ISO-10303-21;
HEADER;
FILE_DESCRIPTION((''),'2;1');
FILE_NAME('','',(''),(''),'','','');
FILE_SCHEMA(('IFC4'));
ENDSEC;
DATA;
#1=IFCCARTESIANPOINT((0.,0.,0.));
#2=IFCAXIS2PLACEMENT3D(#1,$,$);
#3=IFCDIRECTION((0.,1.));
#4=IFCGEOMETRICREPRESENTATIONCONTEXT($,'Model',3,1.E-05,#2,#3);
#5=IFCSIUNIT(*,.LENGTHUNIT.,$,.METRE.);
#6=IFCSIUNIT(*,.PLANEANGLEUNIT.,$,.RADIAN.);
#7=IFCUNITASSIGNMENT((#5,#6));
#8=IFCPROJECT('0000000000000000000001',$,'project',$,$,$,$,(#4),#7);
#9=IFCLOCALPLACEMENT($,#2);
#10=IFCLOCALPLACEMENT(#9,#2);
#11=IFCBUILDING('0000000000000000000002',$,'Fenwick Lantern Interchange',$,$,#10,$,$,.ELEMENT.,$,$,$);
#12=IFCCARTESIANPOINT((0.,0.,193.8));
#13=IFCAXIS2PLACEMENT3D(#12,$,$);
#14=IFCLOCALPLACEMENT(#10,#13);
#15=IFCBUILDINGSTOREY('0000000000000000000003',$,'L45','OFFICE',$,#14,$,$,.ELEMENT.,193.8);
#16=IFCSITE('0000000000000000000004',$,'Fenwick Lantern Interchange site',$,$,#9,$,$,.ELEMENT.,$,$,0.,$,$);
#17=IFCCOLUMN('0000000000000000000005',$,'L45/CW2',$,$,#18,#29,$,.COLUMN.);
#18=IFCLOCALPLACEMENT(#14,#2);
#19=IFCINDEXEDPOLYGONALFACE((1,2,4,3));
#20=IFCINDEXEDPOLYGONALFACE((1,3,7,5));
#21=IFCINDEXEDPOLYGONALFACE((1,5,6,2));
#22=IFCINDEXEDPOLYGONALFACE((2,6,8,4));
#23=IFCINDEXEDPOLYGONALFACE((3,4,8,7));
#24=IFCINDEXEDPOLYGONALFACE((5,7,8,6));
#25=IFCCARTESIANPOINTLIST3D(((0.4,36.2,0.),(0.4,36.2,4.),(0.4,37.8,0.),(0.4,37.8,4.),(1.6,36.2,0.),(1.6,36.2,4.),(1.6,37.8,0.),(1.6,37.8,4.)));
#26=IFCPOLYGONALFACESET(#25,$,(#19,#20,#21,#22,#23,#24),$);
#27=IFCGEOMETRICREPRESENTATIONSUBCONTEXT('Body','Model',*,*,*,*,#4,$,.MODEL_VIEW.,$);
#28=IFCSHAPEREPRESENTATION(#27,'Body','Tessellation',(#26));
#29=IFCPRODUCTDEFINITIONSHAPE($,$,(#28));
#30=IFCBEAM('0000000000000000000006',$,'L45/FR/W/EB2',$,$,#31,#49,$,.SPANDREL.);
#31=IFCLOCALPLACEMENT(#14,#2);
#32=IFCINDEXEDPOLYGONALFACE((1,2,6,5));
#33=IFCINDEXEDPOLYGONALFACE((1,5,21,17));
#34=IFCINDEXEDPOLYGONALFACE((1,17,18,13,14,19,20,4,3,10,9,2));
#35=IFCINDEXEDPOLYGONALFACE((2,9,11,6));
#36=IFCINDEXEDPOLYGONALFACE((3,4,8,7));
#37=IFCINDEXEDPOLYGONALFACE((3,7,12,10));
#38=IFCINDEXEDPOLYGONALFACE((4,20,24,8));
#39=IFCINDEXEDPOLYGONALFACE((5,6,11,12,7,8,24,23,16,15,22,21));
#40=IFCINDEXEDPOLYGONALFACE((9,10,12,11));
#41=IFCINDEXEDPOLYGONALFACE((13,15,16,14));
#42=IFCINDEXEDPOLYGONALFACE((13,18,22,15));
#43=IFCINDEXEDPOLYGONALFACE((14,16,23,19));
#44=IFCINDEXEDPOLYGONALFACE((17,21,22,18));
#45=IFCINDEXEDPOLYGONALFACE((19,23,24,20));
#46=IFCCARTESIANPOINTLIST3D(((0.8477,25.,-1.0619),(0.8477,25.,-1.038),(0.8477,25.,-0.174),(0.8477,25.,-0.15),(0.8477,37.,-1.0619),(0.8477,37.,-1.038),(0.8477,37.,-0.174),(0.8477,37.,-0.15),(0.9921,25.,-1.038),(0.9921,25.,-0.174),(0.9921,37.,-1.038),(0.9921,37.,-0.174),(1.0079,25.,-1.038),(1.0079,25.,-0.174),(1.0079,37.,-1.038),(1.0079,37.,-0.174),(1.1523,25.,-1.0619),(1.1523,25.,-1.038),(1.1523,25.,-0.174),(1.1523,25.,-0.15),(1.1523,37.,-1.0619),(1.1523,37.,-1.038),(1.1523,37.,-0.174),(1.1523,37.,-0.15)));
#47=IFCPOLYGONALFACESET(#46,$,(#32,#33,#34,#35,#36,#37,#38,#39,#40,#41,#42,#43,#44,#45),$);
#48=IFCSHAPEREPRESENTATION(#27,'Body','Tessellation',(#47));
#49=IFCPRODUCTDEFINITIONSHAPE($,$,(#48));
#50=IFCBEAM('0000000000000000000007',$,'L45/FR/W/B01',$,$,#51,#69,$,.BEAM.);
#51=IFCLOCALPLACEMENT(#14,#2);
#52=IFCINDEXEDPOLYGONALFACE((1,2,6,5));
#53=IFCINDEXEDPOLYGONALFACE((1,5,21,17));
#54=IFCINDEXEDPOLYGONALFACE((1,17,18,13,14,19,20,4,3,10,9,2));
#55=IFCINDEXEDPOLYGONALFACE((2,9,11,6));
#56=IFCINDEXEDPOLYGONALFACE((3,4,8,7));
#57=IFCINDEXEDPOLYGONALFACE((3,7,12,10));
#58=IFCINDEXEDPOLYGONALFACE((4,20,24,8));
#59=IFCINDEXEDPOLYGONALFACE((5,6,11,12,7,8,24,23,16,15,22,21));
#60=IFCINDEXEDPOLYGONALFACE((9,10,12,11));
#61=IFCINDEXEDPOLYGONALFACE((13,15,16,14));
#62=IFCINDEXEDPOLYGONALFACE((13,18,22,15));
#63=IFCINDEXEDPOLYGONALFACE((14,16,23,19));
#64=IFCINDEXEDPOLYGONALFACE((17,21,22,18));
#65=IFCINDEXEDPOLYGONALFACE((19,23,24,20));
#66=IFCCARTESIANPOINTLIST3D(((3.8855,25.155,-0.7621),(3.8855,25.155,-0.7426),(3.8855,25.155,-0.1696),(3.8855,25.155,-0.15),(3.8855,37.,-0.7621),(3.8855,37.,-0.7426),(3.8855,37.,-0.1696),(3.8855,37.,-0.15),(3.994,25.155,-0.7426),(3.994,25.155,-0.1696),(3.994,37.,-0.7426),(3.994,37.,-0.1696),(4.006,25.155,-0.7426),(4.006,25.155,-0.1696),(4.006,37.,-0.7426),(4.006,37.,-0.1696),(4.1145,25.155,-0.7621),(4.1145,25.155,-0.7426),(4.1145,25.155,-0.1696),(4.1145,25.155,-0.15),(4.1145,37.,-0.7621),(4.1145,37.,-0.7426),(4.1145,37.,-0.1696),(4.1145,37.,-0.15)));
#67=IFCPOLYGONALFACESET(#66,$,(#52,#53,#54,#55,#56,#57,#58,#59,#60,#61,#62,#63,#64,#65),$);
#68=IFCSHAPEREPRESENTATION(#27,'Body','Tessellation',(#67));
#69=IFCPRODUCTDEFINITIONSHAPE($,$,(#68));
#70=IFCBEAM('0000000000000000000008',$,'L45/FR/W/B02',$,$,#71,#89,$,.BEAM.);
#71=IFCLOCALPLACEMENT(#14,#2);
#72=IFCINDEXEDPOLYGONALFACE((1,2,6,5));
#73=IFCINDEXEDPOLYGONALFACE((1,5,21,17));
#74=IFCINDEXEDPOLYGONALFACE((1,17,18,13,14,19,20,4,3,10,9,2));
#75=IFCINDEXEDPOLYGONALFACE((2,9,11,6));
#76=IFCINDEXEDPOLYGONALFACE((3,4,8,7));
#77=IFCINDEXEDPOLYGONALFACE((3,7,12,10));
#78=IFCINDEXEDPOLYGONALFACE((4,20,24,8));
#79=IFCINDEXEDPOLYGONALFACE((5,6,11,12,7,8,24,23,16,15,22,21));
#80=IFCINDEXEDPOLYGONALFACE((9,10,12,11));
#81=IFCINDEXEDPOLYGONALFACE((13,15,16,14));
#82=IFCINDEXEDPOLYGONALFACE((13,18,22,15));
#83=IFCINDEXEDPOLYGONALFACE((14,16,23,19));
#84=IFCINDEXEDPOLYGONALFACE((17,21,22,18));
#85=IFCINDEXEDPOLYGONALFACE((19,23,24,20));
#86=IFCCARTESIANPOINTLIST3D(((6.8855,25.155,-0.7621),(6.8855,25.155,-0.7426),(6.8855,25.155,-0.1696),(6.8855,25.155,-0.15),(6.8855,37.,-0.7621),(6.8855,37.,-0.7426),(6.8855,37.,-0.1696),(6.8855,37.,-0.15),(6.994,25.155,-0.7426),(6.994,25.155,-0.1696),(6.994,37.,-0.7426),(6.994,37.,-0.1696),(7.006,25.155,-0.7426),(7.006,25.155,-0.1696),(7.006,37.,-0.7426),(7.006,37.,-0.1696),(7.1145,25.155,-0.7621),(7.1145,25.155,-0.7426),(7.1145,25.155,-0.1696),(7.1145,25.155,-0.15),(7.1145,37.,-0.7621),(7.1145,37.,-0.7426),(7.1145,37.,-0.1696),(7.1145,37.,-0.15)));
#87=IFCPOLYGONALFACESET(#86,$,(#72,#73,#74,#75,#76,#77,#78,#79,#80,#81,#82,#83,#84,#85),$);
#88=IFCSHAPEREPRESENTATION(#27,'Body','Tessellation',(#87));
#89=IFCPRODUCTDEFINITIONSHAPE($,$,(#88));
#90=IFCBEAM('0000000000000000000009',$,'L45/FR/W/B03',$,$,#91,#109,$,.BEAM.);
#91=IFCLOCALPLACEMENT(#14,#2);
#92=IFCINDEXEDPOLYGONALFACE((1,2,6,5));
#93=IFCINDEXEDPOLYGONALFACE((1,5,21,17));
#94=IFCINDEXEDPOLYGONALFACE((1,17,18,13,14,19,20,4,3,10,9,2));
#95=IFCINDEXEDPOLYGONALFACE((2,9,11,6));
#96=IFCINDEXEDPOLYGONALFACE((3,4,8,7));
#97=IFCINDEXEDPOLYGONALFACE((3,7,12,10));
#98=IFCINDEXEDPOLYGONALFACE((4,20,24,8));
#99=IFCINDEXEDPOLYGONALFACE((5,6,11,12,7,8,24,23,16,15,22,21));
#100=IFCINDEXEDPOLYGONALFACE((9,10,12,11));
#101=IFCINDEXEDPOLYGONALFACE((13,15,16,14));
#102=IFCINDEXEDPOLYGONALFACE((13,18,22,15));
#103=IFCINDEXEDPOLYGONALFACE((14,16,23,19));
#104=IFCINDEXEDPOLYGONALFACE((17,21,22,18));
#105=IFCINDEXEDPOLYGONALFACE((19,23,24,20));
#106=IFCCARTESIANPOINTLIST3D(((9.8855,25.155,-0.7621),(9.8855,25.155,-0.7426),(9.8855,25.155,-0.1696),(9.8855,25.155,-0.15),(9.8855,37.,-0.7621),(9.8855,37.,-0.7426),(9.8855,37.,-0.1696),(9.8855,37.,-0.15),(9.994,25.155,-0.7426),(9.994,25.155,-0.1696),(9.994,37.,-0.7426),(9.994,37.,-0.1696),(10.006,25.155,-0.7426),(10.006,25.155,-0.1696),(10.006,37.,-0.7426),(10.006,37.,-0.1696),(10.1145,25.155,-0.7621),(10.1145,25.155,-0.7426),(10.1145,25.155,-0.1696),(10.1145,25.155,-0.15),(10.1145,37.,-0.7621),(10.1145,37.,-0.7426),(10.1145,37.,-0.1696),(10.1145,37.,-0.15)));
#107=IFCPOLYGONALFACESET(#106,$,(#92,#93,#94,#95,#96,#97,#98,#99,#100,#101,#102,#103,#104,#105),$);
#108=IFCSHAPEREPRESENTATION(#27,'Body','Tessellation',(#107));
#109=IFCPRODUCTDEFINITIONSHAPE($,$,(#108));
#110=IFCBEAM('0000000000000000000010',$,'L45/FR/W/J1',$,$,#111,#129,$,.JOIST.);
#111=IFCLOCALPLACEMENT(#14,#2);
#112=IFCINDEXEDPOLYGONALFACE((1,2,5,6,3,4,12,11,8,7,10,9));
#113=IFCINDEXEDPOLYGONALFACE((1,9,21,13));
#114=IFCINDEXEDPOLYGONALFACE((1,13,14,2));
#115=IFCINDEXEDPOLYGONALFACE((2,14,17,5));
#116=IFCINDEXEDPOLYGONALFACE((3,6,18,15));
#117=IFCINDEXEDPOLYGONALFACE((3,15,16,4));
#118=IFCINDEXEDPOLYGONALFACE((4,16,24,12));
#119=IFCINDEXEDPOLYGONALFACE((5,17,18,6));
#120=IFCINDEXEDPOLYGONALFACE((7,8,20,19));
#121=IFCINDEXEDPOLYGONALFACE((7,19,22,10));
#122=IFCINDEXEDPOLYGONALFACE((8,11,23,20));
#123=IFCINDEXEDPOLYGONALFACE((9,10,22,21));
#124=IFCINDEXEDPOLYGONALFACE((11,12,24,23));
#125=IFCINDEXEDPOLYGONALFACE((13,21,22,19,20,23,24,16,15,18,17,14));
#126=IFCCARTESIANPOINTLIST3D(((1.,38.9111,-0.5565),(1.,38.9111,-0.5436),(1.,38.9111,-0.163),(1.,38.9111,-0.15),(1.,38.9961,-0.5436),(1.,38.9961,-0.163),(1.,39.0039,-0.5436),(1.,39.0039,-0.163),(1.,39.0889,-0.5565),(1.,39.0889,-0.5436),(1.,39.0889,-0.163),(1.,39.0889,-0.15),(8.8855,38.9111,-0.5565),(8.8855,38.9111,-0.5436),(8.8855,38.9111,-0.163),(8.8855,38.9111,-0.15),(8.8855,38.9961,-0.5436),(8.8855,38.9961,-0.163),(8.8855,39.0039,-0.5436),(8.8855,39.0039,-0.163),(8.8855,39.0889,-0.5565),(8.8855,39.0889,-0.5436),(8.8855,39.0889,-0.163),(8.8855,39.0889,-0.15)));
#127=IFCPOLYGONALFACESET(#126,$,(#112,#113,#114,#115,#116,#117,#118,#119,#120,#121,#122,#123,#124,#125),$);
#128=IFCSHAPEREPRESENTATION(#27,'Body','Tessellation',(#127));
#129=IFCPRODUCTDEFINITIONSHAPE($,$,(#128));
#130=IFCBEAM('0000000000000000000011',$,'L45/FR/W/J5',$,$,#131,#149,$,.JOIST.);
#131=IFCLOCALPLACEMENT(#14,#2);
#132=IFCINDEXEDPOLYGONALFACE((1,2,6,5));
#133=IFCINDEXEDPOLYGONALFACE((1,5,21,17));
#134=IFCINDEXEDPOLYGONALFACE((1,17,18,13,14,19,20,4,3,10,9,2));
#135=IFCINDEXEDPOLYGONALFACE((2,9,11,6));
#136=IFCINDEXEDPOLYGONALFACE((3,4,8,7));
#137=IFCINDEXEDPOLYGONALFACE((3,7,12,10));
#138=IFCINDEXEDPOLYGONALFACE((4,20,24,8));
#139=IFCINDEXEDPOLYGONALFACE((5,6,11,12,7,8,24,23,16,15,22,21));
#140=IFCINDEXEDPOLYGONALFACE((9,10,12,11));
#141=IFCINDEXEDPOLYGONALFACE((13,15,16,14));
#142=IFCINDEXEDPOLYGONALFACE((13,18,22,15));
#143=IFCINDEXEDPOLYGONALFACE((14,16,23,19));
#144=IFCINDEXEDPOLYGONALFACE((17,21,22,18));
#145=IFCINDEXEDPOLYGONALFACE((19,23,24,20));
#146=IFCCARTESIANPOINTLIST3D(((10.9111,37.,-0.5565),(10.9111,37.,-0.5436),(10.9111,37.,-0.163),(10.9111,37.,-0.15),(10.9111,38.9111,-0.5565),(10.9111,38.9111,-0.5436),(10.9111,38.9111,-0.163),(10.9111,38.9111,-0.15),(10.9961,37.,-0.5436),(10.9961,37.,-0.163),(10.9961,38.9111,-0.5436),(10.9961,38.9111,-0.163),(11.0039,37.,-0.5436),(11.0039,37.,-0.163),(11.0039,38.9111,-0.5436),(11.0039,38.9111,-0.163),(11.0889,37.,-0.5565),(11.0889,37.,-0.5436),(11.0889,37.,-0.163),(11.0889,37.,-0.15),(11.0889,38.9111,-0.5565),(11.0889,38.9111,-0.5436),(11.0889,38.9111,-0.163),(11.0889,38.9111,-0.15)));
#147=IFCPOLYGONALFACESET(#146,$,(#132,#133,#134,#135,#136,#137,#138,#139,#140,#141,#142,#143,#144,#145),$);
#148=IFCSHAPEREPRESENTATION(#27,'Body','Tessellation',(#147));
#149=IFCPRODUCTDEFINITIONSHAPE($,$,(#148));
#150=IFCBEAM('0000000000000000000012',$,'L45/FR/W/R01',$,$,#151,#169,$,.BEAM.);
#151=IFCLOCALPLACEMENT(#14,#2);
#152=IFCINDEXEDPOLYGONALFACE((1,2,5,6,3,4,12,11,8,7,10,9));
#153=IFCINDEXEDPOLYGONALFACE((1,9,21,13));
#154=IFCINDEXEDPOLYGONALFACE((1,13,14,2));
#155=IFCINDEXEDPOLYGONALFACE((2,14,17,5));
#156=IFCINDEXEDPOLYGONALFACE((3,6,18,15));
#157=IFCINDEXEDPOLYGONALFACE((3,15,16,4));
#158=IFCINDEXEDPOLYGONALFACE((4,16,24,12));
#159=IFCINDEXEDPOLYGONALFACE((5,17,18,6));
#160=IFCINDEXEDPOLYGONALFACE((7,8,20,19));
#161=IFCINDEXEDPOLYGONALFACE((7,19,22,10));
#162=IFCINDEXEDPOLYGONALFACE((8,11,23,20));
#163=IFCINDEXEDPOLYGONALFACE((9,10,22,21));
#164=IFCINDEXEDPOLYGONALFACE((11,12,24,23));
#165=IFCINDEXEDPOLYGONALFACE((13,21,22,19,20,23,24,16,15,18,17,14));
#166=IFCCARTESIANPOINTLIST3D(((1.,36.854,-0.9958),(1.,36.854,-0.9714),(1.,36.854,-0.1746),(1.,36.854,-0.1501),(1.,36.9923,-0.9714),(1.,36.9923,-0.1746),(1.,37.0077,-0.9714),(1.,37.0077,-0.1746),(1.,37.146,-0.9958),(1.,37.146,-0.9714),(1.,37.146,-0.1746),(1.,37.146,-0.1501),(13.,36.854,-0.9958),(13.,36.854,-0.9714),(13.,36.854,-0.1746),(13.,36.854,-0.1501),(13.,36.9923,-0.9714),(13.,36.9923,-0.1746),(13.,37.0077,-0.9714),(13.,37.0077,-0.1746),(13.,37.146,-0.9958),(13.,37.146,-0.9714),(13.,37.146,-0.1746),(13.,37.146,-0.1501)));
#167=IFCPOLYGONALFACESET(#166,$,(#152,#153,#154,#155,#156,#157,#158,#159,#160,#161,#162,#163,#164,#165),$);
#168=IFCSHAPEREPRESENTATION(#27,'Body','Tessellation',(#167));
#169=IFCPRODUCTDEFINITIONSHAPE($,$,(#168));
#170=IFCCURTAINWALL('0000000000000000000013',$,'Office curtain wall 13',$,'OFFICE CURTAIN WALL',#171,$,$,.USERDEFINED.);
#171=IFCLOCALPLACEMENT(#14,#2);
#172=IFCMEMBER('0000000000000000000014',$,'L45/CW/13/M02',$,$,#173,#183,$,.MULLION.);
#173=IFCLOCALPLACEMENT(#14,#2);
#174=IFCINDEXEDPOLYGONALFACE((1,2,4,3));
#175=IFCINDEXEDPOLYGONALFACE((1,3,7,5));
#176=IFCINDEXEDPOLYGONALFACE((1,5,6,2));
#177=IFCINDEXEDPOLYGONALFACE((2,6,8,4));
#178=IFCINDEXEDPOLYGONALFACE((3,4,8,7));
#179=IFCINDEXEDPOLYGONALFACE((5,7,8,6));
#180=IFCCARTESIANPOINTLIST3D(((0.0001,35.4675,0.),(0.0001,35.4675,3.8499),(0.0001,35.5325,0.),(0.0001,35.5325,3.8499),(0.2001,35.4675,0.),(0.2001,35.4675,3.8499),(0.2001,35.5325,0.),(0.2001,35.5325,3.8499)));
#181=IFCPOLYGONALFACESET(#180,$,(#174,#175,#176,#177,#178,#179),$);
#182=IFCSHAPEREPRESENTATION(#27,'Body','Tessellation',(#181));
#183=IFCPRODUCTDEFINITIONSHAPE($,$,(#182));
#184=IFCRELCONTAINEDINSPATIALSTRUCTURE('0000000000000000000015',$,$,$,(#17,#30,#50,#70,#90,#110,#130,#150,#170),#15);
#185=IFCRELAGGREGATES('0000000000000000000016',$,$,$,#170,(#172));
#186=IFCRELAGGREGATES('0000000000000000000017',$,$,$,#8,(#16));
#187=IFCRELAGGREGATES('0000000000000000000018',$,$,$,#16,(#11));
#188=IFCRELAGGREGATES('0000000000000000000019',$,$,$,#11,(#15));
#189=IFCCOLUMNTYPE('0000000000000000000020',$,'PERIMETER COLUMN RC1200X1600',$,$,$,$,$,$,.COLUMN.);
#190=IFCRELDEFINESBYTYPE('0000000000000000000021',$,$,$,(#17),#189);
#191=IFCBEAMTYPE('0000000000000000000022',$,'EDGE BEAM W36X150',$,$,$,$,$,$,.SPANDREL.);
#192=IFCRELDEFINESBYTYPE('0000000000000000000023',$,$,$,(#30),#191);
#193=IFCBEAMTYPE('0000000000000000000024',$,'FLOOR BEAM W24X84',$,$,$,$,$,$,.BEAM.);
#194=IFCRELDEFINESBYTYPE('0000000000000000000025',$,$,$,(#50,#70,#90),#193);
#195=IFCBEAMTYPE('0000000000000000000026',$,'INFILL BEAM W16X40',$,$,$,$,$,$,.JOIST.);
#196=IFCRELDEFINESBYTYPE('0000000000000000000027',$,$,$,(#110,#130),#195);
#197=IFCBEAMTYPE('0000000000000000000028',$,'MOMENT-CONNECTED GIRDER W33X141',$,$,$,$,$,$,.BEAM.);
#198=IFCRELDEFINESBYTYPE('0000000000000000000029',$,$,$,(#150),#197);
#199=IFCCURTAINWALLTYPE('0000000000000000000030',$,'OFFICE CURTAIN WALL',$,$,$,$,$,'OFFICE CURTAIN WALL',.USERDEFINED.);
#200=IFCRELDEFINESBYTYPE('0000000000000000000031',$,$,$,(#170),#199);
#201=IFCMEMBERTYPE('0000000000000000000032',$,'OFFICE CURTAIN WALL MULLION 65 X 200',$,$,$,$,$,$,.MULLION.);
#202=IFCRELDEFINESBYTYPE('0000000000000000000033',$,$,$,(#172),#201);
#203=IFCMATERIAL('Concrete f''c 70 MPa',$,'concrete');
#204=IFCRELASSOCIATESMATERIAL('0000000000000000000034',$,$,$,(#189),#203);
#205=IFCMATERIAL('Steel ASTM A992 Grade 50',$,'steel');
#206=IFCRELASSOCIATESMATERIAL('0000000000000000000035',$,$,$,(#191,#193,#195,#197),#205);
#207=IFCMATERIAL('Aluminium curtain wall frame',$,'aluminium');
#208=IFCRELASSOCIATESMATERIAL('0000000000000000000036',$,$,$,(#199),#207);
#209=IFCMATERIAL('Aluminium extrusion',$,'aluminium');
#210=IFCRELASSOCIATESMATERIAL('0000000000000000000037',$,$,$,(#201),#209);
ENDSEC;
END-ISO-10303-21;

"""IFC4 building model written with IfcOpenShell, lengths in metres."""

from ifc_helpers import new_model, si_unit, direction, frame, origin, origin_2d, place, context, subcontext, project, spatial, rectangle, i_section, extrude, material, material_profile, profile_set, type_object, element, aggregate, save


model = new_model("IFC4")

# Units and contexts
model_context = context("Model", 3, precision=1e-05, world=origin(), true_north=direction((0.0, 1.0)))
body_context = subcontext(model_context, "Body", "Model", "MODEL_VIEW")
ifc_project = project(units=[si_unit("LENGTHUNIT", "METRE"), si_unit("PLANEANGLEUNIT", "RADIAN")], contexts=[model_context])

# Site, building, storey
site_placement = place(None, origin())
site = spatial("IfcSite", under=ifc_project, at=site_placement, Name="Fenwick Lantern Interchange site", CompositionType="ELEMENT", RefElevation=0.0)
building_placement = place(site_placement, origin())
building = spatial("IfcBuilding", under=site, at=building_placement, Name="Fenwick Lantern Interchange", CompositionType="ELEMENT")
storey_placement = place(building_placement, frame((0.0, 0.0, 193.8)))
storey = spatial("IfcBuildingStorey", under=building, at=storey_placement, Name="L45", Description="OFFICE", CompositionType="ELEMENT", Elevation=193.8)

# Column
ifc_material_1 = material(Name="Concrete f'c 70 MPa", Category="concrete")
ifc_material_profile_1 = material_profile(ifc_material_1, rectangle(XDim=1.2, YDim=1.6001, at=origin_2d()), Name="RC1200X1600")
ifc_profile_set_1 = profile_set([ifc_material_profile_1], Name="Concrete f'c 70 MPa")
column_type = type_object("IfcColumnType", Name="PERIMETER COLUMN RC1200X1600", PredefinedType="COLUMN", material=ifc_profile_set_1)
column_placement = place(storey_placement, frame((1.0, 37.0, 0.0), z_axis=(0.0, 0.0, 1.0), x_axis=(1.0, 0.0, 0.0)))
element("IfcColumn", 1, at=column_placement, inside=storey, type_object=column_type, Name="L45/CW2", PredefinedType="COLUMN", context=body_context, shape_type="SweptSolid", body=[
    extrude(rectangle(XDim=1.2, YDim=1.6001, at=origin_2d()), origin(), (0.0, 0.0, 1.0), 4.0),
])

# Beams
ifc_material_2 = material(Name="Steel ASTM A992 Grade 50", Category="steel")
ifc_material_profile_2 = material_profile(ifc_material_2, i_section(OverallWidth=0.3047, OverallDepth=0.9119, WebThickness=0.0159, FlangeThickness=0.0239, at=origin_2d()), Name="W36X150")
ifc_profile_set_2 = profile_set([ifc_material_profile_2], Name="Steel ASTM A992 Grade 50")
beam_type_1 = type_object("IfcBeamType", Name="EDGE BEAM W36X150", PredefinedType="SPANDREL", material=ifc_profile_set_2)
beam_1_placement = place(storey_placement, frame((1.0, 37.0, -0.606), z_axis=(0.0, -1.0, 0.0), x_axis=(1.0, 0.0, 0.0)))
element("IfcBeam", 2, at=beam_1_placement, inside=storey, type_object=beam_type_1, Name="L45/FR/W/EB2", PredefinedType="SPANDREL", context=body_context, shape_type="SweptSolid", body=[
    extrude(i_section(OverallWidth=0.3047, OverallDepth=0.9119, WebThickness=0.0159, FlangeThickness=0.0239, at=origin_2d()), origin(), (0.0, 0.0, 1.0), 12.0),
])
ifc_material_profile_3 = material_profile(ifc_material_2, i_section(OverallWidth=0.229, OverallDepth=0.6121, WebThickness=0.012, FlangeThickness=0.0195, at=origin_2d()), Name="W24X84")
ifc_profile_set_3 = profile_set([ifc_material_profile_3], Name="Steel ASTM A992 Grade 50")
beam_type_2 = type_object("IfcBeamType", Name="FLOOR BEAM W24X84", PredefinedType="BEAM", material=ifc_profile_set_3)
for number, where, z_axis, x_axis, name in (
    (3, (4.0, 37.0, -0.4561), (0.0, -1.0, 0.0), (1.0, 0.0, 0.0), "L45/FR/W/B01"),
    (4, (7.0, 37.0, -0.4561), (0.0, -1.0, 0.0), (1.0, 0.0, 0.0), "L45/FR/W/B02"),
    (5, (10.0, 37.0, -0.4561), (0.0, -1.0, 0.0), (1.0, 0.0, 0.0), "L45/FR/W/B03"),
):
    element("IfcBeam", number, at=place(storey_placement, frame(where, z_axis=z_axis, x_axis=x_axis)), inside=storey, type_object=beam_type_2, Name=name, PredefinedType="BEAM", context=body_context, shape_type="SweptSolid", body=[
        extrude(i_section(OverallWidth=0.229, OverallDepth=0.6121, WebThickness=0.012, FlangeThickness=0.0195, at=origin_2d()), origin(), (0.0, 0.0, 1.0), 11.845),
    ])
ifc_material_profile_4 = material_profile(ifc_material_2, i_section(OverallWidth=0.1777, OverallDepth=0.4065, WebThickness=0.0078, FlangeThickness=0.0129, at=origin_2d()), Name="W16X40")
ifc_profile_set_4 = profile_set([ifc_material_profile_4], Name="Steel ASTM A992 Grade 50")
beam_type_3 = type_object("IfcBeamType", Name="INFILL BEAM W16X40", PredefinedType="JOIST", material=ifc_profile_set_4)
beam_2_placement = place(storey_placement, frame((1.0, 39.0, -0.3533), z_axis=(1.0, 0.0, 0.0), x_axis=(0.0, 1.0, 0.0)))
element("IfcBeam", 6, at=beam_2_placement, inside=storey, type_object=beam_type_3, Name="L45/FR/W/J1", PredefinedType="JOIST", context=body_context, shape_type="SweptSolid", body=[
    extrude(i_section(OverallWidth=0.1777, OverallDepth=0.4065, WebThickness=0.0078, FlangeThickness=0.0129, at=origin_2d()), origin(), (0.0, 0.0, 1.0), 7.8855),
])
beam_3_placement = place(storey_placement, frame((11.0, 38.9111, -0.3533), z_axis=(0.0, -1.0, 0.0), x_axis=(1.0, 0.0, 0.0)))
element("IfcBeam", 7, at=beam_3_placement, inside=storey, type_object=beam_type_3, Name="L45/FR/W/J5", PredefinedType="JOIST", context=body_context, shape_type="SweptSolid", body=[
    extrude(i_section(OverallWidth=0.1777, OverallDepth=0.4065, WebThickness=0.0078, FlangeThickness=0.0129, at=origin_2d()), origin(), (0.0, 0.0, 1.0), 1.9111),
])
ifc_material_profile_5 = material_profile(ifc_material_2, i_section(OverallWidth=0.292, OverallDepth=0.8457, WebThickness=0.0154, FlangeThickness=0.0244, at=origin_2d()), Name="W33X141")
ifc_profile_set_5 = profile_set([ifc_material_profile_5], Name="Steel ASTM A992 Grade 50")
beam_type_4 = type_object("IfcBeamType", Name="MOMENT-CONNECTED GIRDER W33X141", PredefinedType="BEAM", material=ifc_profile_set_5)
beam_4_placement = place(storey_placement, frame((1.0, 37.0, -0.573), z_axis=(1.0, 0.0, 0.0), x_axis=(0.0, 1.0, 0.0)))
element("IfcBeam", 8, at=beam_4_placement, inside=storey, type_object=beam_type_4, Name="L45/FR/W/R01", PredefinedType="BEAM", context=body_context, shape_type="SweptSolid", body=[
    extrude(i_section(OverallWidth=0.292, OverallDepth=0.8457, WebThickness=0.0154, FlangeThickness=0.0244, at=origin_2d()), origin(), (0.0, 0.0, 1.0), 12.0),
])

# Curtain wall, member
ifc_material_3 = material(Name="Aluminium curtain wall frame", Category="aluminium")
curtain_wall_type = type_object("IfcCurtainWallType", Name="OFFICE CURTAIN WALL", ElementType="OFFICE CURTAIN WALL", PredefinedType="USERDEFINED", material=ifc_material_3)
curtain_wall_placement = place(storey_placement, origin())
curtain_wall = element("IfcCurtainWall", 9, at=curtain_wall_placement, inside=storey, type_object=curtain_wall_type, Name="Office curtain wall 13", ObjectType="OFFICE CURTAIN WALL", PredefinedType="USERDEFINED")
ifc_material_4 = material(Name="Aluminium extrusion", Category="aluminium")
ifc_material_profile_6 = material_profile(ifc_material_4, rectangle(XDim=0.2, YDim=0.0649, at=origin_2d()), Name="OFFICE CURTAIN WALL MULLION 65 X 200")
ifc_profile_set_6 = profile_set([ifc_material_profile_6], Name="Aluminium extrusion")
member_type_1 = type_object("IfcMemberType", Name="OFFICE CURTAIN WALL MULLION 65 X 200", PredefinedType="MULLION", material=ifc_profile_set_6)
member_1_placement = place(storey_placement, frame((0.1001, 35.5, 0.0), z_axis=(0.0, 0.0, 1.0), x_axis=(1.0, 0.0, 0.0)))
member_1 = element("IfcMember", 10, at=member_1_placement, type_object=member_type_1, Name="L45/CW/13/M02", PredefinedType="MULLION", context=body_context, shape_type="SweptSolid", body=[
    extrude(rectangle(XDim=0.2, YDim=0.0649, at=origin_2d()), origin(), (0.0, 0.0, 1.0), 3.8499),
])
aggregate(curtain_wall, [member_1])

save(model, "model.ifc")
